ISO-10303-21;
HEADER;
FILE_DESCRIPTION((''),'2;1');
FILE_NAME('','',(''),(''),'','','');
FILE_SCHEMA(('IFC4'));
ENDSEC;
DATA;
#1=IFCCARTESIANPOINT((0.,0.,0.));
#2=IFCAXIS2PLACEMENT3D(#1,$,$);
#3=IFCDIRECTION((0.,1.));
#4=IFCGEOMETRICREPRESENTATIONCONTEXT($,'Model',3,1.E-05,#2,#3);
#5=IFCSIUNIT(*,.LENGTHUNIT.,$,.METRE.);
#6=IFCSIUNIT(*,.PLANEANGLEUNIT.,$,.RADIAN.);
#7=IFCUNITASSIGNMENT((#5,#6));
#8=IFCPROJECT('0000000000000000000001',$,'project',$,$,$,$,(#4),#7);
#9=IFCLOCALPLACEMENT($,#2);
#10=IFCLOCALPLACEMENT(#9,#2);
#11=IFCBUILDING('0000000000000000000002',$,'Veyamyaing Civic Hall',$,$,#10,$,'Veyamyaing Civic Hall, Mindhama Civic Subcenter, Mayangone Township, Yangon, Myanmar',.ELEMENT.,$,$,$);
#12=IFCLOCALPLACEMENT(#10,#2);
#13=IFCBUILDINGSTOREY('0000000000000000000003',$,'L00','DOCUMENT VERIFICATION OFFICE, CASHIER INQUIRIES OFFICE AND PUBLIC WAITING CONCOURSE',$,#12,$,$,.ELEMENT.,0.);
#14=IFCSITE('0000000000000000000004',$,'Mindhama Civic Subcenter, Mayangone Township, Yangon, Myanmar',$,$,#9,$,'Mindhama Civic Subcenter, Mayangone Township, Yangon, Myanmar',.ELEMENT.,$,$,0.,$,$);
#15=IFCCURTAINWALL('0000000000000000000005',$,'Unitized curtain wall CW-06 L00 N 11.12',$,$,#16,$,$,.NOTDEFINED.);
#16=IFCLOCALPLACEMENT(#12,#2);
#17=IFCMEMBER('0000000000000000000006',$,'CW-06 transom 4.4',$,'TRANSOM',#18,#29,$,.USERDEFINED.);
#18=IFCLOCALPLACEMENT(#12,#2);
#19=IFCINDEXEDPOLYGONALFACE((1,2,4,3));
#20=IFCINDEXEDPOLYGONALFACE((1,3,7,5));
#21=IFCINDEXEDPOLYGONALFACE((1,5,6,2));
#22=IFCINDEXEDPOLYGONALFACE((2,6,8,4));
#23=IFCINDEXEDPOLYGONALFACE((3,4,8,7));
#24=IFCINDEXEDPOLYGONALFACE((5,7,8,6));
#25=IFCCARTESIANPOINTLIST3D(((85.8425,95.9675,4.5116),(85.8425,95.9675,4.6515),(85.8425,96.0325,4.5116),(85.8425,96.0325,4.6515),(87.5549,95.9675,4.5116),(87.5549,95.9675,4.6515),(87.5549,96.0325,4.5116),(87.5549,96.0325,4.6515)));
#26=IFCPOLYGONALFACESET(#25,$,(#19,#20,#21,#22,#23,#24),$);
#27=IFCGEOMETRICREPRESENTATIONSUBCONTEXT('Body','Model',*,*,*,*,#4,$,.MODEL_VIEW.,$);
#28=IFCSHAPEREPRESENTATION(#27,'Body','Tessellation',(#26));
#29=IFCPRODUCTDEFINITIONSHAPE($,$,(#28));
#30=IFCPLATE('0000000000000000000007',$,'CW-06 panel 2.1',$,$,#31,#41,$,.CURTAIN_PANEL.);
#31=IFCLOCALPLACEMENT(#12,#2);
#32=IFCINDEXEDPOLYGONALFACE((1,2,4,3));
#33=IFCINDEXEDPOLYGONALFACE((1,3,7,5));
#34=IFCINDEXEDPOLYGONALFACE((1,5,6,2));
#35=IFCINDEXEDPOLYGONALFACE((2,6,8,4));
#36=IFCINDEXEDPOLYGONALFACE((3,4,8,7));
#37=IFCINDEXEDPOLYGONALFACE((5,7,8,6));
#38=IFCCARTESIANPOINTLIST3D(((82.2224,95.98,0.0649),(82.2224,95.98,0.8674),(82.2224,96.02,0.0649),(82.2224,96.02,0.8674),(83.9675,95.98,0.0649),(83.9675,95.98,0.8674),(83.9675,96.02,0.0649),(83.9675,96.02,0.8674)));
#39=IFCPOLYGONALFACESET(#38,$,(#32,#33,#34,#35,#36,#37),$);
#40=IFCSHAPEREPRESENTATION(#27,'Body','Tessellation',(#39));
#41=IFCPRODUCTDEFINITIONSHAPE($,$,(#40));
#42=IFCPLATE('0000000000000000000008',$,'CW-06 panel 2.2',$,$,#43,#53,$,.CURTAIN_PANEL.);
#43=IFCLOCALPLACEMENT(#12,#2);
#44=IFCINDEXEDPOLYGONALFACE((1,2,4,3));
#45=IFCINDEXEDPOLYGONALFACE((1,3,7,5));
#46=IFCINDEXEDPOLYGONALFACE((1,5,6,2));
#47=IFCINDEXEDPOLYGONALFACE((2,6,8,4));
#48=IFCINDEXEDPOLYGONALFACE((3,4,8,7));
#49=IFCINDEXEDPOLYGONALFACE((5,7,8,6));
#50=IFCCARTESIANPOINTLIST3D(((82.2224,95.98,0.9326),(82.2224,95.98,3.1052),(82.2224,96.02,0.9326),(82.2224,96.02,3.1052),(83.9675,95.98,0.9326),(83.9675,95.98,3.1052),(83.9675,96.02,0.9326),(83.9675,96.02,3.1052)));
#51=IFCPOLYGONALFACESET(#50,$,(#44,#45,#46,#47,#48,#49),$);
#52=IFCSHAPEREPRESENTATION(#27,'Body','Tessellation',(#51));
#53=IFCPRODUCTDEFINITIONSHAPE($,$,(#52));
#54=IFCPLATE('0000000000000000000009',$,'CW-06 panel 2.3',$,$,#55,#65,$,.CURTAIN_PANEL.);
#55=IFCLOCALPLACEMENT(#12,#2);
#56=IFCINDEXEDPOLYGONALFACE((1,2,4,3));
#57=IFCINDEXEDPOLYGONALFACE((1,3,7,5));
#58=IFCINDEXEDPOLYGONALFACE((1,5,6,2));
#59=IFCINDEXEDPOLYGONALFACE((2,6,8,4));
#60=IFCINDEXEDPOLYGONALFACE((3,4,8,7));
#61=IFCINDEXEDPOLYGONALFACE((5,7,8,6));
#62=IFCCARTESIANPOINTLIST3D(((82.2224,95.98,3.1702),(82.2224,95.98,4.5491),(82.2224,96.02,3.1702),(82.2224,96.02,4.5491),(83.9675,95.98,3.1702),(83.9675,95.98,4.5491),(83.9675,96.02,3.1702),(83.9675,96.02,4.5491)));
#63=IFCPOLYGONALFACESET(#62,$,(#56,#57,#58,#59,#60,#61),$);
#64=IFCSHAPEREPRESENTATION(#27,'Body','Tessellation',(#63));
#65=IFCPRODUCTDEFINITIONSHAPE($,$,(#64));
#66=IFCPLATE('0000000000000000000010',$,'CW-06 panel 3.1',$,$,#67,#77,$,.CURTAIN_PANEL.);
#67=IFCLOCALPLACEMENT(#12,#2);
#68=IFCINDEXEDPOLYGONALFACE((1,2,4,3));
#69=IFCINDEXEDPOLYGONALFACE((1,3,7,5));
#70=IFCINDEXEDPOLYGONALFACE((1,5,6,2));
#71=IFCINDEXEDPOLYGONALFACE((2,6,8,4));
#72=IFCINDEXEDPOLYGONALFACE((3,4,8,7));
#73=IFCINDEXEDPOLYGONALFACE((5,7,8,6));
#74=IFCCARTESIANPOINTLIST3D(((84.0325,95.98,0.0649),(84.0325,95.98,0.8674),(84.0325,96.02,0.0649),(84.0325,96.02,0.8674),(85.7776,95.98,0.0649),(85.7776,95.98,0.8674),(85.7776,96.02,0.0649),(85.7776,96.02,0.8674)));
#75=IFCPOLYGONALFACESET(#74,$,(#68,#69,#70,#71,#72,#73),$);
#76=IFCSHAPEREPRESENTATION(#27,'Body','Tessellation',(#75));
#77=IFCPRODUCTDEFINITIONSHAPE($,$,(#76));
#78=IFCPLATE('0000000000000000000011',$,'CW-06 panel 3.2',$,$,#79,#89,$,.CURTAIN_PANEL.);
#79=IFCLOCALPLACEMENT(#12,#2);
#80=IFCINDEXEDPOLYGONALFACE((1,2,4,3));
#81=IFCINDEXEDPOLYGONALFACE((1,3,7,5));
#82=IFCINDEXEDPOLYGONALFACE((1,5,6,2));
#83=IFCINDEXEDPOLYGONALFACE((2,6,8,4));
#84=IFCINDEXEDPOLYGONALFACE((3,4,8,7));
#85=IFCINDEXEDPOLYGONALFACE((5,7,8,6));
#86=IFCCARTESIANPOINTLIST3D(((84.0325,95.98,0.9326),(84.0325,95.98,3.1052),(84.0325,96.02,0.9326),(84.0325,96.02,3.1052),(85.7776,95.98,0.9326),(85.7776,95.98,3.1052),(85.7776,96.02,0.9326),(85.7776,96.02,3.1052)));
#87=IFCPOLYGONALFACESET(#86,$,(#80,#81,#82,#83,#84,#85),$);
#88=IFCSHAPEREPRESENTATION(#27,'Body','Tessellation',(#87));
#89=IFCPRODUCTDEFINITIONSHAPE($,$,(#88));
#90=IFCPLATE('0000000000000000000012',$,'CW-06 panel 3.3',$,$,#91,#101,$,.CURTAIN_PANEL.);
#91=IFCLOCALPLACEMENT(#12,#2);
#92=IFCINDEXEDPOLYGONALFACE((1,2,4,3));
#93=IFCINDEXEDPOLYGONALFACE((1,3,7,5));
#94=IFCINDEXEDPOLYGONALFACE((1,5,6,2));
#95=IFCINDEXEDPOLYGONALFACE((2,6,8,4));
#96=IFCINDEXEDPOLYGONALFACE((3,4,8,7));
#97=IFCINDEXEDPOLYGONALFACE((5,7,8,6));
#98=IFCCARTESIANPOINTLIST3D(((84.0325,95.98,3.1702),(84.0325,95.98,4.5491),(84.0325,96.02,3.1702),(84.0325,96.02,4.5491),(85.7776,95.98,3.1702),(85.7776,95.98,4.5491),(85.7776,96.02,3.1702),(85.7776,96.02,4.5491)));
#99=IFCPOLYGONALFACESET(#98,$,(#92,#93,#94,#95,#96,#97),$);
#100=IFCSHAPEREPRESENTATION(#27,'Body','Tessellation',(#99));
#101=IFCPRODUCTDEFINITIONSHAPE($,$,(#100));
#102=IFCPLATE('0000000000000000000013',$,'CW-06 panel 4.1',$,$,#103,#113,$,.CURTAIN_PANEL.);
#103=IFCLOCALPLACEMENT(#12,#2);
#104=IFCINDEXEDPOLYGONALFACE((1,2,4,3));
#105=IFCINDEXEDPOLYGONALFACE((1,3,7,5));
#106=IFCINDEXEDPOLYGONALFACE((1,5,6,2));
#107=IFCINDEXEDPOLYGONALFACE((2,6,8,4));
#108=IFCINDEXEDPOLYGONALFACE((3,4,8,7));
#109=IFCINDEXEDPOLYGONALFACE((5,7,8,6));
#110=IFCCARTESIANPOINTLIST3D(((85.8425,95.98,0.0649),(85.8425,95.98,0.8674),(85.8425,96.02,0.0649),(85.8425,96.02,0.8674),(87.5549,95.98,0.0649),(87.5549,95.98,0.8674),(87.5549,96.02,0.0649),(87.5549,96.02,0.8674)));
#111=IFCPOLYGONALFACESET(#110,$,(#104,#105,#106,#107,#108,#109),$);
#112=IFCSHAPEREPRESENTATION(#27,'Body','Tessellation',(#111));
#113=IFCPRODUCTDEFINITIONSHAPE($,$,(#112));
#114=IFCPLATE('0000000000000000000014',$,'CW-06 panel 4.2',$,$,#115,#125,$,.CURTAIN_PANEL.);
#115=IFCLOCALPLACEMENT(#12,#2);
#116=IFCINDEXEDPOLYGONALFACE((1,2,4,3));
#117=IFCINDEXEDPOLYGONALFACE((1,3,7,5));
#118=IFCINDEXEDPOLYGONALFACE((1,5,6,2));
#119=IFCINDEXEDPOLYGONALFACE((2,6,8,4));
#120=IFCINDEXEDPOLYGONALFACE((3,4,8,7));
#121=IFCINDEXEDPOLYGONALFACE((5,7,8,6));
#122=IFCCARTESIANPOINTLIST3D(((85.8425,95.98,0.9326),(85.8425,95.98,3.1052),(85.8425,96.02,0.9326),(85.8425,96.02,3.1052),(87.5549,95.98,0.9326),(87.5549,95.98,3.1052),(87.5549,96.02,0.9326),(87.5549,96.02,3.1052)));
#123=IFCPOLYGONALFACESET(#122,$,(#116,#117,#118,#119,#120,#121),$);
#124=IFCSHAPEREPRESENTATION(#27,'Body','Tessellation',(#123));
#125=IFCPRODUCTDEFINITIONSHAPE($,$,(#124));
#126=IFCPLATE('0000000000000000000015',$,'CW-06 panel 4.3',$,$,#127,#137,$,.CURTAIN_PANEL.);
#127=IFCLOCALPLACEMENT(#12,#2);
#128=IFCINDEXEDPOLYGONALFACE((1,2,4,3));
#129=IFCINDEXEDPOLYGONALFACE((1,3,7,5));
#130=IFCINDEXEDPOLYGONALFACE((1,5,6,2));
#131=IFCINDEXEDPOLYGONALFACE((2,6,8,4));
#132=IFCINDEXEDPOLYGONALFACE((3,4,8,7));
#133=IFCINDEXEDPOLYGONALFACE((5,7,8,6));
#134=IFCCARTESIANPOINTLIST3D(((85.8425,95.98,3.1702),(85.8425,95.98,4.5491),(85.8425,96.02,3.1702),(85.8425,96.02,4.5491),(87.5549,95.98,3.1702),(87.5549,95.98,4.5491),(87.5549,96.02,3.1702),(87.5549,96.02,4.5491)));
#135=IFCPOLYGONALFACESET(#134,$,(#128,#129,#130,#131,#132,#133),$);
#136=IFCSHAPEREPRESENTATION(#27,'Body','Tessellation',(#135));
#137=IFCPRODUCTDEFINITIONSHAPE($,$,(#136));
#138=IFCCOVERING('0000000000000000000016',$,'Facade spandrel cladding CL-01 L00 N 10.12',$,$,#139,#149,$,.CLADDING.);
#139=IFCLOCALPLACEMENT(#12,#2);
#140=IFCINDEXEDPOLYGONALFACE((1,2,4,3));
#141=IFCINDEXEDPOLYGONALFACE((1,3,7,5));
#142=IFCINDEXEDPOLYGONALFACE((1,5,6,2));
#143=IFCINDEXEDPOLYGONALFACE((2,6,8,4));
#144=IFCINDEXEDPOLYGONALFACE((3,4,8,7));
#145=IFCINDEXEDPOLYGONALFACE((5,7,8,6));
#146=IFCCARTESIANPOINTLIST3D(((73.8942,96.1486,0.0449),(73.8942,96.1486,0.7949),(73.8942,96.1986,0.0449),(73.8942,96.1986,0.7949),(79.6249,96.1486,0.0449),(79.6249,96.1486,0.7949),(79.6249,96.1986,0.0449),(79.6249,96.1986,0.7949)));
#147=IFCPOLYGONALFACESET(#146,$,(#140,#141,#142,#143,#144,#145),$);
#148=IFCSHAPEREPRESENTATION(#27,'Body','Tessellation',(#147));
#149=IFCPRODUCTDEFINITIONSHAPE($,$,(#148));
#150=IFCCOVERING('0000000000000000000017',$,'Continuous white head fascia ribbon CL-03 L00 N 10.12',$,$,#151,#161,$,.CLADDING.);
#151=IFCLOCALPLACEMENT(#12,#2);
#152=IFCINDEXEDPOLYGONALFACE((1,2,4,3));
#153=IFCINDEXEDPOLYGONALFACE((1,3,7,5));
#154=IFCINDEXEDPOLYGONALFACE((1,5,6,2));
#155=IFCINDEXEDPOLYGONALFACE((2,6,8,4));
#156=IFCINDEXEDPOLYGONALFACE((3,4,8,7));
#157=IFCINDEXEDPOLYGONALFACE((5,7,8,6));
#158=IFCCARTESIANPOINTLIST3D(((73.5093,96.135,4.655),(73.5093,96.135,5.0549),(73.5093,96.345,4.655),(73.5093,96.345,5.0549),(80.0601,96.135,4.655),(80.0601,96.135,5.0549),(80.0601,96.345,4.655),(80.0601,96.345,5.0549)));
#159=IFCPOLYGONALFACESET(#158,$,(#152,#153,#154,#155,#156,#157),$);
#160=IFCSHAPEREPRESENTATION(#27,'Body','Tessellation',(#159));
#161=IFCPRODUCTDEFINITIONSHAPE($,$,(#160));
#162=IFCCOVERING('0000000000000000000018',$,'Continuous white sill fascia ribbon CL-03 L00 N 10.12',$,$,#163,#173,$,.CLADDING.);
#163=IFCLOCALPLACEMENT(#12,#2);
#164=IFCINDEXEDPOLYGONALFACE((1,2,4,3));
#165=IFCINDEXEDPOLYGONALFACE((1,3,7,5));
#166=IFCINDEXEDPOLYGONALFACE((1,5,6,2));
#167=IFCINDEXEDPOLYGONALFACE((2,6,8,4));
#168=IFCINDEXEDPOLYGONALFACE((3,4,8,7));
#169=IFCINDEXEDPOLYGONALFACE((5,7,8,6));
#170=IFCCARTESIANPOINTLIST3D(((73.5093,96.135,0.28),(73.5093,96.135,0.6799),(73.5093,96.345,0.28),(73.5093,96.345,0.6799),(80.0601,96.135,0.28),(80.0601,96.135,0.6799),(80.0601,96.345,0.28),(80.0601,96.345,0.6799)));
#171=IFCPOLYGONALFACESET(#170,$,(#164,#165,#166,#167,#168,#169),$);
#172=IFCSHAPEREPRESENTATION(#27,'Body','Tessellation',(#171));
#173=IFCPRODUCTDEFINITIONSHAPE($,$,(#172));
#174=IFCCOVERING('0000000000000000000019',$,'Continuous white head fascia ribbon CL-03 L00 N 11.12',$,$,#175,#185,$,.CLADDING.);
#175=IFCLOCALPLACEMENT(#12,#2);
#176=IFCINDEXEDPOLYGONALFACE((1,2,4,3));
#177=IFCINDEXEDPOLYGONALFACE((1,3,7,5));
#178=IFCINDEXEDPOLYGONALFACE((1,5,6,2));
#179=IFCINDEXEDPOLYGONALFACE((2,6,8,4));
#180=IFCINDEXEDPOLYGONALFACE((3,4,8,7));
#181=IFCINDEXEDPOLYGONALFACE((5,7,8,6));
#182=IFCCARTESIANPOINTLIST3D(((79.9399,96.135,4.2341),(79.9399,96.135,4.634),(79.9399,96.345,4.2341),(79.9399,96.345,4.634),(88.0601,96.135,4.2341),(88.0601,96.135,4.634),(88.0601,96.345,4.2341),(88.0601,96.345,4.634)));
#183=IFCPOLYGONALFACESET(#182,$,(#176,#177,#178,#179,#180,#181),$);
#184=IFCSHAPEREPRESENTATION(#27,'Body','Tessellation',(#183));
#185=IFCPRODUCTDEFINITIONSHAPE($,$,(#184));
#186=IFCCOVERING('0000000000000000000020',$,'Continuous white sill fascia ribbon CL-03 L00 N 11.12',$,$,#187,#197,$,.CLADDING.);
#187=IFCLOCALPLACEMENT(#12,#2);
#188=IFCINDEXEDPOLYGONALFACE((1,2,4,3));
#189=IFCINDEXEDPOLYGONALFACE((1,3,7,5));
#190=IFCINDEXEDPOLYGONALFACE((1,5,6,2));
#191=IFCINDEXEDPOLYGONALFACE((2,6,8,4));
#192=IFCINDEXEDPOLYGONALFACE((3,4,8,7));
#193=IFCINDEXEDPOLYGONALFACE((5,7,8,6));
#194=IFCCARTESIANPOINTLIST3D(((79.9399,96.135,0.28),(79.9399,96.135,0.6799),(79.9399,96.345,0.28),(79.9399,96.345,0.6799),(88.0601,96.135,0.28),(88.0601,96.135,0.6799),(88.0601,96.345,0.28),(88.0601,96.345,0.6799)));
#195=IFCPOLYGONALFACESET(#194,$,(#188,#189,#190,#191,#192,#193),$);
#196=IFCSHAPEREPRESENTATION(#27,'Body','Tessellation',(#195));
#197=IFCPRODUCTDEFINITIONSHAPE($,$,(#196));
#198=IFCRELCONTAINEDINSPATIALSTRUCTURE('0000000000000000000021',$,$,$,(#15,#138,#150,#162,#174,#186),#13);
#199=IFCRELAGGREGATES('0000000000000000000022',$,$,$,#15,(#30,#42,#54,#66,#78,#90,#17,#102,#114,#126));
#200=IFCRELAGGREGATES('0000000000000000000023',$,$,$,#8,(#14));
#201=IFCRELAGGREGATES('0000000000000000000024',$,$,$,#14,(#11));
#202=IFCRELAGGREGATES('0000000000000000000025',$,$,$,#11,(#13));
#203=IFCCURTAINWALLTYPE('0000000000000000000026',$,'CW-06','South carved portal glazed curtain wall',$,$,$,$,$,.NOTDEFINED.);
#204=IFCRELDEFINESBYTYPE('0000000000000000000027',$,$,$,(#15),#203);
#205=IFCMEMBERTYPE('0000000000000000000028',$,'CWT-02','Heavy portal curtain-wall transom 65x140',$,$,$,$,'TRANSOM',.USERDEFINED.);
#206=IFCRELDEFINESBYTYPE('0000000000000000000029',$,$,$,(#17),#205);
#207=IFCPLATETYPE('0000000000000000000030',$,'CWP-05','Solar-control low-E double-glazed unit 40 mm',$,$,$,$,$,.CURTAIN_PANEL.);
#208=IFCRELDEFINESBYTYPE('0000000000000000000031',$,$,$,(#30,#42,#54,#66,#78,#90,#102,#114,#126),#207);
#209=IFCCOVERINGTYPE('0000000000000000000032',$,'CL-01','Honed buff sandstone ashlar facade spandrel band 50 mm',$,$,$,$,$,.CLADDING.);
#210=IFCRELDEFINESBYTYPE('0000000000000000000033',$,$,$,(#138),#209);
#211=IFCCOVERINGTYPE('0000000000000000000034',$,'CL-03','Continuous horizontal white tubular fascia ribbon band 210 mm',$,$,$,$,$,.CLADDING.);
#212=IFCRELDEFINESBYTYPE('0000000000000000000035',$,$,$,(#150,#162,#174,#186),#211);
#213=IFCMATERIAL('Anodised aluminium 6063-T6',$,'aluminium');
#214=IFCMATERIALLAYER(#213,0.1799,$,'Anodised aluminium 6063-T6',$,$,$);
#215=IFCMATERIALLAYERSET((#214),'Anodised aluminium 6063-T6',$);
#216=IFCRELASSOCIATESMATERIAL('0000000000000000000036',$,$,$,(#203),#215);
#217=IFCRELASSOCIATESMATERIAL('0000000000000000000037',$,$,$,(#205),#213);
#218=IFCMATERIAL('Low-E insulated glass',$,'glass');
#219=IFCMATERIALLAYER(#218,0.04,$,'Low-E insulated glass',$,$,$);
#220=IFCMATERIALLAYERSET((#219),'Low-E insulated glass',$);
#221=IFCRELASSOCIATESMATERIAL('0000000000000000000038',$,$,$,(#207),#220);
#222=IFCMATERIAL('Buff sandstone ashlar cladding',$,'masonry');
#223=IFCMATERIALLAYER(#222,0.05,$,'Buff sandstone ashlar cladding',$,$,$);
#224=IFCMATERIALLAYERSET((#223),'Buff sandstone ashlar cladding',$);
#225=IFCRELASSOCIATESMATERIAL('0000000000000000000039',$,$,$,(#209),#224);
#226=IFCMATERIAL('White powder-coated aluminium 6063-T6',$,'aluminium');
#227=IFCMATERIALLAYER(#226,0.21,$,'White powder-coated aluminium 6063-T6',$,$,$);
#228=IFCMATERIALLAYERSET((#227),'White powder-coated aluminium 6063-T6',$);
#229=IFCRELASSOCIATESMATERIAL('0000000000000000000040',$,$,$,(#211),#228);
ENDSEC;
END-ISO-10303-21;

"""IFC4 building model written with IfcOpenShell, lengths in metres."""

from ifc_helpers import new_model, si_unit, direction, frame, origin, origin_2d, place, context, subcontext, project, spatial, rectangle, extrude, material, layer, layer_set, material_profile, profile_set, type_object, element, aggregate, save


model = new_model("IFC4")

# Units and contexts
model_context = context("Model", 3, precision=1e-05, world=origin(), true_north=direction((0.0, 1.0)))
body_context = subcontext(model_context, "Body", "Model", "MODEL_VIEW")
ifc_project = project(units=[si_unit("LENGTHUNIT", "METRE"), si_unit("PLANEANGLEUNIT", "RADIAN")], contexts=[model_context])

# Site, building, storey
site_placement = place(None, origin())
site = spatial("IfcSite", under=ifc_project, at=site_placement, Name="Mindhama Civic Subcenter, Mayangone Township, Yangon, Myanmar", LongName="Mindhama Civic Subcenter, Mayangone Township, Yangon, Myanmar", CompositionType="ELEMENT", RefElevation=0.0)
building_placement = place(site_placement, origin())
building = spatial("IfcBuilding", under=site, at=building_placement, Name="Veyamyaing Civic Hall", LongName="Veyamyaing Civic Hall, Mindhama Civic Subcenter, Mayangone Township, Yangon, Myanmar", CompositionType="ELEMENT")
storey_placement = place(building_placement, origin())
storey = spatial("IfcBuildingStorey", under=building, at=storey_placement, Name="L00", Description="DOCUMENT VERIFICATION OFFICE, CASHIER INQUIRIES OFFICE AND PUBLIC WAITING CONCOURSE", CompositionType="ELEMENT", Elevation=0.0)

# Curtain wall, member, plates
ifc_material_1 = material(Name="Anodised aluminium 6063-T6", Category="aluminium")
ifc_layer_1 = layer(ifc_material_1, 0.1799, Name="Anodised aluminium 6063-T6")
ifc_layer_set_1 = layer_set([ifc_layer_1], Name="Anodised aluminium 6063-T6")
curtain_wall_type = type_object("IfcCurtainWallType", Name="CW-06", Description="South carved portal glazed curtain wall", PredefinedType="NOTDEFINED", material=ifc_layer_set_1)
curtain_wall_placement = place(storey_placement, origin())
curtain_wall = element("IfcCurtainWall", 1, at=curtain_wall_placement, inside=storey, type_object=curtain_wall_type, Name="Unitized curtain wall CW-06 L00 N 11.12", PredefinedType="NOTDEFINED")
ifc_material_profile_1 = material_profile(ifc_material_1, rectangle(XDim=0.0649, YDim=0.1399, at=origin_2d()), Name="ALU-TRN-65X140")
ifc_profile_set_1 = profile_set([ifc_material_profile_1], Name="Anodised aluminium 6063-T6")
member_type_1 = type_object("IfcMemberType", Name="CWT-02", Description="Heavy portal curtain-wall transom 65x140", ElementType="TRANSOM", PredefinedType="USERDEFINED", material=ifc_profile_set_1)
member_1_placement = place(storey_placement, frame((85.8425, 96.0, 4.5815), z_axis=(1.0, 0.0, 0.0), x_axis=(0.0, 1.0, 0.0)))
member_1 = element("IfcMember", 2, at=member_1_placement, type_object=member_type_1, Name="CW-06 transom 4.4", ObjectType="TRANSOM", PredefinedType="USERDEFINED", context=body_context, shape_type="SweptSolid", body=[
    extrude(rectangle(XDim=0.0649, YDim=0.1399, at=origin_2d()), origin(), (0.0, 0.0, 1.0), 1.7124),
])
ifc_material_2 = material(Name="Low-E insulated glass", Category="glass")
ifc_layer_2 = layer(ifc_material_2, 0.04, Name="Low-E insulated glass")
ifc_layer_set_2 = layer_set([ifc_layer_2], Name="Low-E insulated glass")
plate_type = type_object("IfcPlateType", Name="CWP-05", Description="Solar-control low-E double-glazed unit 40 mm", PredefinedType="CURTAIN_PANEL", material=ifc_layer_set_2)
plate_1_placement = place(storey_placement, frame((83.095, 96.0, 0.0649), z_axis=(0.0, 0.0, 1.0), x_axis=(1.0, 0.0, 0.0)))
plate_1 = element("IfcPlate", 3, at=plate_1_placement, type_object=plate_type, Name="CW-06 panel 2.1", PredefinedType="CURTAIN_PANEL", context=body_context, shape_type="SweptSolid", body=[
    extrude(rectangle(XDim=1.7451, YDim=0.04, at=origin_2d()), origin(), (0.0, 0.0, 1.0), 0.8025),
])
plate_2_placement = place(storey_placement, frame((83.095, 96.0, 0.9326), z_axis=(0.0, 0.0, 1.0), x_axis=(1.0, 0.0, 0.0)))
plate_2 = element("IfcPlate", 4, at=plate_2_placement, type_object=plate_type, Name="CW-06 panel 2.2", PredefinedType="CURTAIN_PANEL", context=body_context, shape_type="SweptSolid", body=[
    extrude(rectangle(XDim=1.7451, YDim=0.04, at=origin_2d()), origin(), (0.0, 0.0, 1.0), 2.1726),
])
plate_3_placement = place(storey_placement, frame((83.095, 96.0, 3.1702), z_axis=(0.0, 0.0, 1.0), x_axis=(1.0, 0.0, 0.0)))
plate_3 = element("IfcPlate", 5, at=plate_3_placement, type_object=plate_type, Name="CW-06 panel 2.3", PredefinedType="CURTAIN_PANEL", context=body_context, shape_type="SweptSolid", body=[
    extrude(rectangle(XDim=1.7451, YDim=0.04, at=origin_2d()), origin(), (0.0, 0.0, 1.0), 1.3789),
])
plate_4_placement = place(storey_placement, frame((84.905, 96.0, 0.0649), z_axis=(0.0, 0.0, 1.0), x_axis=(1.0, 0.0, 0.0)))
plate_4 = element("IfcPlate", 6, at=plate_4_placement, type_object=plate_type, Name="CW-06 panel 3.1", PredefinedType="CURTAIN_PANEL", context=body_context, shape_type="SweptSolid", body=[
    extrude(rectangle(XDim=1.7451, YDim=0.04, at=origin_2d()), origin(), (0.0, 0.0, 1.0), 0.8025),
])
plate_5_placement = place(storey_placement, frame((84.905, 96.0, 0.9326), z_axis=(0.0, 0.0, 1.0), x_axis=(1.0, 0.0, 0.0)))
plate_5 = element("IfcPlate", 7, at=plate_5_placement, type_object=plate_type, Name="CW-06 panel 3.2", PredefinedType="CURTAIN_PANEL", context=body_context, shape_type="SweptSolid", body=[
    extrude(rectangle(XDim=1.7451, YDim=0.04, at=origin_2d()), origin(), (0.0, 0.0, 1.0), 2.1726),
])
plate_6_placement = place(storey_placement, frame((84.905, 96.0, 3.1702), z_axis=(0.0, 0.0, 1.0), x_axis=(1.0, 0.0, 0.0)))
plate_6 = element("IfcPlate", 8, at=plate_6_placement, type_object=plate_type, Name="CW-06 panel 3.3", PredefinedType="CURTAIN_PANEL", context=body_context, shape_type="SweptSolid", body=[
    extrude(rectangle(XDim=1.7451, YDim=0.04, at=origin_2d()), origin(), (0.0, 0.0, 1.0), 1.3789),
])
plate_7_placement = place(storey_placement, frame((86.6987, 96.0, 0.0649), z_axis=(0.0, 0.0, 1.0), x_axis=(1.0, 0.0, 0.0)))
plate_7 = element("IfcPlate", 9, at=plate_7_placement, type_object=plate_type, Name="CW-06 panel 4.1", PredefinedType="CURTAIN_PANEL", context=body_context, shape_type="SweptSolid", body=[
    extrude(rectangle(XDim=1.7124, YDim=0.04, at=origin_2d()), origin(), (0.0, 0.0, 1.0), 0.8025),
])
plate_8_placement = place(storey_placement, frame((86.6987, 96.0, 0.9326), z_axis=(0.0, 0.0, 1.0), x_axis=(1.0, 0.0, 0.0)))
plate_8 = element("IfcPlate", 10, at=plate_8_placement, type_object=plate_type, Name="CW-06 panel 4.2", PredefinedType="CURTAIN_PANEL", context=body_context, shape_type="SweptSolid", body=[
    extrude(rectangle(XDim=1.7124, YDim=0.04, at=origin_2d()), origin(), (0.0, 0.0, 1.0), 2.1726),
])
plate_9_placement = place(storey_placement, frame((86.6987, 96.0, 3.1702), z_axis=(0.0, 0.0, 1.0), x_axis=(1.0, 0.0, 0.0)))
plate_9 = element("IfcPlate", 11, at=plate_9_placement, type_object=plate_type, Name="CW-06 panel 4.3", PredefinedType="CURTAIN_PANEL", context=body_context, shape_type="SweptSolid", body=[
    extrude(rectangle(XDim=1.7124, YDim=0.04, at=origin_2d()), origin(), (0.0, 0.0, 1.0), 1.3789),
])
aggregate(curtain_wall, [plate_1, plate_2, plate_3, plate_4, plate_5, plate_6, member_1, plate_7, plate_8, plate_9])

# Coverings
ifc_material_3 = material(Name="Buff sandstone ashlar cladding", Category="masonry")
ifc_layer_3 = layer(ifc_material_3, 0.05, Name="Buff sandstone ashlar cladding")
ifc_layer_set_3 = layer_set([ifc_layer_3], Name="Buff sandstone ashlar cladding")
covering_type_1 = type_object("IfcCoveringType", Name="CL-01", Description="Honed buff sandstone ashlar facade spandrel band 50 mm", PredefinedType="CLADDING", material=ifc_layer_set_3)
covering_placement = place(storey_placement, frame((76.7595, 96.1736, 0.0449), z_axis=(0.0, 0.0, 1.0), x_axis=(1.0, 0.0, 0.0)))
element("IfcCovering", 12, at=covering_placement, inside=storey, type_object=covering_type_1, Name="Facade spandrel cladding CL-01 L00 N 10.12", PredefinedType="CLADDING", context=body_context, shape_type="SweptSolid", body=[
    extrude(rectangle(XDim=5.7307, YDim=0.05, at=origin_2d()), origin(), (0.0, 0.0, 1.0), 0.75),
])
ifc_material_4 = material(Name="White powder-coated aluminium 6063-T6", Category="aluminium")
ifc_layer_4 = layer(ifc_material_4, 0.21, Name="White powder-coated aluminium 6063-T6")
ifc_layer_set_4 = layer_set([ifc_layer_4], Name="White powder-coated aluminium 6063-T6")
covering_type_2 = type_object("IfcCoveringType", Name="CL-03", Description="Continuous horizontal white tubular fascia ribbon band 210 mm", PredefinedType="CLADDING", material=ifc_layer_set_4)
for number, where, z_axis, x_axis, name in (
    (13, (76.7847, 96.24, 4.655), (0.0, 0.0, 1.0), (1.0, 0.0, 0.0), "Continuous white head fascia ribbon CL-03 L00 N 10.12"),
    (14, (76.7847, 96.24, 0.28), (0.0, 0.0, 1.0), (1.0, 0.0, 0.0), "Continuous white sill fascia ribbon CL-03 L00 N 10.12"),
):
    element("IfcCovering", number, at=place(storey_placement, frame(where, z_axis=z_axis, x_axis=x_axis)), inside=storey, type_object=covering_type_2, Name=name, PredefinedType="CLADDING", context=body_context, shape_type="SweptSolid", body=[
        extrude(rectangle(XDim=6.5508, YDim=0.21, at=origin_2d()), origin(), (0.0, 0.0, 1.0), 0.3999),
    ])
for number, where, z_axis, x_axis, name in (
    (15, (84.0, 96.24, 4.2341), (0.0, 0.0, 1.0), (1.0, 0.0, 0.0), "Continuous white head fascia ribbon CL-03 L00 N 11.12"),
    (16, (84.0, 96.24, 0.28), (0.0, 0.0, 1.0), (1.0, 0.0, 0.0), "Continuous white sill fascia ribbon CL-03 L00 N 11.12"),
):
    element("IfcCovering", number, at=place(storey_placement, frame(where, z_axis=z_axis, x_axis=x_axis)), inside=storey, type_object=covering_type_2, Name=name, PredefinedType="CLADDING", context=body_context, shape_type="SweptSolid", body=[
        extrude(rectangle(XDim=8.1201, YDim=0.21, at=origin_2d()), origin(), (0.0, 0.0, 1.0), 0.3999),
    ])

save(model, "model.ifc")
